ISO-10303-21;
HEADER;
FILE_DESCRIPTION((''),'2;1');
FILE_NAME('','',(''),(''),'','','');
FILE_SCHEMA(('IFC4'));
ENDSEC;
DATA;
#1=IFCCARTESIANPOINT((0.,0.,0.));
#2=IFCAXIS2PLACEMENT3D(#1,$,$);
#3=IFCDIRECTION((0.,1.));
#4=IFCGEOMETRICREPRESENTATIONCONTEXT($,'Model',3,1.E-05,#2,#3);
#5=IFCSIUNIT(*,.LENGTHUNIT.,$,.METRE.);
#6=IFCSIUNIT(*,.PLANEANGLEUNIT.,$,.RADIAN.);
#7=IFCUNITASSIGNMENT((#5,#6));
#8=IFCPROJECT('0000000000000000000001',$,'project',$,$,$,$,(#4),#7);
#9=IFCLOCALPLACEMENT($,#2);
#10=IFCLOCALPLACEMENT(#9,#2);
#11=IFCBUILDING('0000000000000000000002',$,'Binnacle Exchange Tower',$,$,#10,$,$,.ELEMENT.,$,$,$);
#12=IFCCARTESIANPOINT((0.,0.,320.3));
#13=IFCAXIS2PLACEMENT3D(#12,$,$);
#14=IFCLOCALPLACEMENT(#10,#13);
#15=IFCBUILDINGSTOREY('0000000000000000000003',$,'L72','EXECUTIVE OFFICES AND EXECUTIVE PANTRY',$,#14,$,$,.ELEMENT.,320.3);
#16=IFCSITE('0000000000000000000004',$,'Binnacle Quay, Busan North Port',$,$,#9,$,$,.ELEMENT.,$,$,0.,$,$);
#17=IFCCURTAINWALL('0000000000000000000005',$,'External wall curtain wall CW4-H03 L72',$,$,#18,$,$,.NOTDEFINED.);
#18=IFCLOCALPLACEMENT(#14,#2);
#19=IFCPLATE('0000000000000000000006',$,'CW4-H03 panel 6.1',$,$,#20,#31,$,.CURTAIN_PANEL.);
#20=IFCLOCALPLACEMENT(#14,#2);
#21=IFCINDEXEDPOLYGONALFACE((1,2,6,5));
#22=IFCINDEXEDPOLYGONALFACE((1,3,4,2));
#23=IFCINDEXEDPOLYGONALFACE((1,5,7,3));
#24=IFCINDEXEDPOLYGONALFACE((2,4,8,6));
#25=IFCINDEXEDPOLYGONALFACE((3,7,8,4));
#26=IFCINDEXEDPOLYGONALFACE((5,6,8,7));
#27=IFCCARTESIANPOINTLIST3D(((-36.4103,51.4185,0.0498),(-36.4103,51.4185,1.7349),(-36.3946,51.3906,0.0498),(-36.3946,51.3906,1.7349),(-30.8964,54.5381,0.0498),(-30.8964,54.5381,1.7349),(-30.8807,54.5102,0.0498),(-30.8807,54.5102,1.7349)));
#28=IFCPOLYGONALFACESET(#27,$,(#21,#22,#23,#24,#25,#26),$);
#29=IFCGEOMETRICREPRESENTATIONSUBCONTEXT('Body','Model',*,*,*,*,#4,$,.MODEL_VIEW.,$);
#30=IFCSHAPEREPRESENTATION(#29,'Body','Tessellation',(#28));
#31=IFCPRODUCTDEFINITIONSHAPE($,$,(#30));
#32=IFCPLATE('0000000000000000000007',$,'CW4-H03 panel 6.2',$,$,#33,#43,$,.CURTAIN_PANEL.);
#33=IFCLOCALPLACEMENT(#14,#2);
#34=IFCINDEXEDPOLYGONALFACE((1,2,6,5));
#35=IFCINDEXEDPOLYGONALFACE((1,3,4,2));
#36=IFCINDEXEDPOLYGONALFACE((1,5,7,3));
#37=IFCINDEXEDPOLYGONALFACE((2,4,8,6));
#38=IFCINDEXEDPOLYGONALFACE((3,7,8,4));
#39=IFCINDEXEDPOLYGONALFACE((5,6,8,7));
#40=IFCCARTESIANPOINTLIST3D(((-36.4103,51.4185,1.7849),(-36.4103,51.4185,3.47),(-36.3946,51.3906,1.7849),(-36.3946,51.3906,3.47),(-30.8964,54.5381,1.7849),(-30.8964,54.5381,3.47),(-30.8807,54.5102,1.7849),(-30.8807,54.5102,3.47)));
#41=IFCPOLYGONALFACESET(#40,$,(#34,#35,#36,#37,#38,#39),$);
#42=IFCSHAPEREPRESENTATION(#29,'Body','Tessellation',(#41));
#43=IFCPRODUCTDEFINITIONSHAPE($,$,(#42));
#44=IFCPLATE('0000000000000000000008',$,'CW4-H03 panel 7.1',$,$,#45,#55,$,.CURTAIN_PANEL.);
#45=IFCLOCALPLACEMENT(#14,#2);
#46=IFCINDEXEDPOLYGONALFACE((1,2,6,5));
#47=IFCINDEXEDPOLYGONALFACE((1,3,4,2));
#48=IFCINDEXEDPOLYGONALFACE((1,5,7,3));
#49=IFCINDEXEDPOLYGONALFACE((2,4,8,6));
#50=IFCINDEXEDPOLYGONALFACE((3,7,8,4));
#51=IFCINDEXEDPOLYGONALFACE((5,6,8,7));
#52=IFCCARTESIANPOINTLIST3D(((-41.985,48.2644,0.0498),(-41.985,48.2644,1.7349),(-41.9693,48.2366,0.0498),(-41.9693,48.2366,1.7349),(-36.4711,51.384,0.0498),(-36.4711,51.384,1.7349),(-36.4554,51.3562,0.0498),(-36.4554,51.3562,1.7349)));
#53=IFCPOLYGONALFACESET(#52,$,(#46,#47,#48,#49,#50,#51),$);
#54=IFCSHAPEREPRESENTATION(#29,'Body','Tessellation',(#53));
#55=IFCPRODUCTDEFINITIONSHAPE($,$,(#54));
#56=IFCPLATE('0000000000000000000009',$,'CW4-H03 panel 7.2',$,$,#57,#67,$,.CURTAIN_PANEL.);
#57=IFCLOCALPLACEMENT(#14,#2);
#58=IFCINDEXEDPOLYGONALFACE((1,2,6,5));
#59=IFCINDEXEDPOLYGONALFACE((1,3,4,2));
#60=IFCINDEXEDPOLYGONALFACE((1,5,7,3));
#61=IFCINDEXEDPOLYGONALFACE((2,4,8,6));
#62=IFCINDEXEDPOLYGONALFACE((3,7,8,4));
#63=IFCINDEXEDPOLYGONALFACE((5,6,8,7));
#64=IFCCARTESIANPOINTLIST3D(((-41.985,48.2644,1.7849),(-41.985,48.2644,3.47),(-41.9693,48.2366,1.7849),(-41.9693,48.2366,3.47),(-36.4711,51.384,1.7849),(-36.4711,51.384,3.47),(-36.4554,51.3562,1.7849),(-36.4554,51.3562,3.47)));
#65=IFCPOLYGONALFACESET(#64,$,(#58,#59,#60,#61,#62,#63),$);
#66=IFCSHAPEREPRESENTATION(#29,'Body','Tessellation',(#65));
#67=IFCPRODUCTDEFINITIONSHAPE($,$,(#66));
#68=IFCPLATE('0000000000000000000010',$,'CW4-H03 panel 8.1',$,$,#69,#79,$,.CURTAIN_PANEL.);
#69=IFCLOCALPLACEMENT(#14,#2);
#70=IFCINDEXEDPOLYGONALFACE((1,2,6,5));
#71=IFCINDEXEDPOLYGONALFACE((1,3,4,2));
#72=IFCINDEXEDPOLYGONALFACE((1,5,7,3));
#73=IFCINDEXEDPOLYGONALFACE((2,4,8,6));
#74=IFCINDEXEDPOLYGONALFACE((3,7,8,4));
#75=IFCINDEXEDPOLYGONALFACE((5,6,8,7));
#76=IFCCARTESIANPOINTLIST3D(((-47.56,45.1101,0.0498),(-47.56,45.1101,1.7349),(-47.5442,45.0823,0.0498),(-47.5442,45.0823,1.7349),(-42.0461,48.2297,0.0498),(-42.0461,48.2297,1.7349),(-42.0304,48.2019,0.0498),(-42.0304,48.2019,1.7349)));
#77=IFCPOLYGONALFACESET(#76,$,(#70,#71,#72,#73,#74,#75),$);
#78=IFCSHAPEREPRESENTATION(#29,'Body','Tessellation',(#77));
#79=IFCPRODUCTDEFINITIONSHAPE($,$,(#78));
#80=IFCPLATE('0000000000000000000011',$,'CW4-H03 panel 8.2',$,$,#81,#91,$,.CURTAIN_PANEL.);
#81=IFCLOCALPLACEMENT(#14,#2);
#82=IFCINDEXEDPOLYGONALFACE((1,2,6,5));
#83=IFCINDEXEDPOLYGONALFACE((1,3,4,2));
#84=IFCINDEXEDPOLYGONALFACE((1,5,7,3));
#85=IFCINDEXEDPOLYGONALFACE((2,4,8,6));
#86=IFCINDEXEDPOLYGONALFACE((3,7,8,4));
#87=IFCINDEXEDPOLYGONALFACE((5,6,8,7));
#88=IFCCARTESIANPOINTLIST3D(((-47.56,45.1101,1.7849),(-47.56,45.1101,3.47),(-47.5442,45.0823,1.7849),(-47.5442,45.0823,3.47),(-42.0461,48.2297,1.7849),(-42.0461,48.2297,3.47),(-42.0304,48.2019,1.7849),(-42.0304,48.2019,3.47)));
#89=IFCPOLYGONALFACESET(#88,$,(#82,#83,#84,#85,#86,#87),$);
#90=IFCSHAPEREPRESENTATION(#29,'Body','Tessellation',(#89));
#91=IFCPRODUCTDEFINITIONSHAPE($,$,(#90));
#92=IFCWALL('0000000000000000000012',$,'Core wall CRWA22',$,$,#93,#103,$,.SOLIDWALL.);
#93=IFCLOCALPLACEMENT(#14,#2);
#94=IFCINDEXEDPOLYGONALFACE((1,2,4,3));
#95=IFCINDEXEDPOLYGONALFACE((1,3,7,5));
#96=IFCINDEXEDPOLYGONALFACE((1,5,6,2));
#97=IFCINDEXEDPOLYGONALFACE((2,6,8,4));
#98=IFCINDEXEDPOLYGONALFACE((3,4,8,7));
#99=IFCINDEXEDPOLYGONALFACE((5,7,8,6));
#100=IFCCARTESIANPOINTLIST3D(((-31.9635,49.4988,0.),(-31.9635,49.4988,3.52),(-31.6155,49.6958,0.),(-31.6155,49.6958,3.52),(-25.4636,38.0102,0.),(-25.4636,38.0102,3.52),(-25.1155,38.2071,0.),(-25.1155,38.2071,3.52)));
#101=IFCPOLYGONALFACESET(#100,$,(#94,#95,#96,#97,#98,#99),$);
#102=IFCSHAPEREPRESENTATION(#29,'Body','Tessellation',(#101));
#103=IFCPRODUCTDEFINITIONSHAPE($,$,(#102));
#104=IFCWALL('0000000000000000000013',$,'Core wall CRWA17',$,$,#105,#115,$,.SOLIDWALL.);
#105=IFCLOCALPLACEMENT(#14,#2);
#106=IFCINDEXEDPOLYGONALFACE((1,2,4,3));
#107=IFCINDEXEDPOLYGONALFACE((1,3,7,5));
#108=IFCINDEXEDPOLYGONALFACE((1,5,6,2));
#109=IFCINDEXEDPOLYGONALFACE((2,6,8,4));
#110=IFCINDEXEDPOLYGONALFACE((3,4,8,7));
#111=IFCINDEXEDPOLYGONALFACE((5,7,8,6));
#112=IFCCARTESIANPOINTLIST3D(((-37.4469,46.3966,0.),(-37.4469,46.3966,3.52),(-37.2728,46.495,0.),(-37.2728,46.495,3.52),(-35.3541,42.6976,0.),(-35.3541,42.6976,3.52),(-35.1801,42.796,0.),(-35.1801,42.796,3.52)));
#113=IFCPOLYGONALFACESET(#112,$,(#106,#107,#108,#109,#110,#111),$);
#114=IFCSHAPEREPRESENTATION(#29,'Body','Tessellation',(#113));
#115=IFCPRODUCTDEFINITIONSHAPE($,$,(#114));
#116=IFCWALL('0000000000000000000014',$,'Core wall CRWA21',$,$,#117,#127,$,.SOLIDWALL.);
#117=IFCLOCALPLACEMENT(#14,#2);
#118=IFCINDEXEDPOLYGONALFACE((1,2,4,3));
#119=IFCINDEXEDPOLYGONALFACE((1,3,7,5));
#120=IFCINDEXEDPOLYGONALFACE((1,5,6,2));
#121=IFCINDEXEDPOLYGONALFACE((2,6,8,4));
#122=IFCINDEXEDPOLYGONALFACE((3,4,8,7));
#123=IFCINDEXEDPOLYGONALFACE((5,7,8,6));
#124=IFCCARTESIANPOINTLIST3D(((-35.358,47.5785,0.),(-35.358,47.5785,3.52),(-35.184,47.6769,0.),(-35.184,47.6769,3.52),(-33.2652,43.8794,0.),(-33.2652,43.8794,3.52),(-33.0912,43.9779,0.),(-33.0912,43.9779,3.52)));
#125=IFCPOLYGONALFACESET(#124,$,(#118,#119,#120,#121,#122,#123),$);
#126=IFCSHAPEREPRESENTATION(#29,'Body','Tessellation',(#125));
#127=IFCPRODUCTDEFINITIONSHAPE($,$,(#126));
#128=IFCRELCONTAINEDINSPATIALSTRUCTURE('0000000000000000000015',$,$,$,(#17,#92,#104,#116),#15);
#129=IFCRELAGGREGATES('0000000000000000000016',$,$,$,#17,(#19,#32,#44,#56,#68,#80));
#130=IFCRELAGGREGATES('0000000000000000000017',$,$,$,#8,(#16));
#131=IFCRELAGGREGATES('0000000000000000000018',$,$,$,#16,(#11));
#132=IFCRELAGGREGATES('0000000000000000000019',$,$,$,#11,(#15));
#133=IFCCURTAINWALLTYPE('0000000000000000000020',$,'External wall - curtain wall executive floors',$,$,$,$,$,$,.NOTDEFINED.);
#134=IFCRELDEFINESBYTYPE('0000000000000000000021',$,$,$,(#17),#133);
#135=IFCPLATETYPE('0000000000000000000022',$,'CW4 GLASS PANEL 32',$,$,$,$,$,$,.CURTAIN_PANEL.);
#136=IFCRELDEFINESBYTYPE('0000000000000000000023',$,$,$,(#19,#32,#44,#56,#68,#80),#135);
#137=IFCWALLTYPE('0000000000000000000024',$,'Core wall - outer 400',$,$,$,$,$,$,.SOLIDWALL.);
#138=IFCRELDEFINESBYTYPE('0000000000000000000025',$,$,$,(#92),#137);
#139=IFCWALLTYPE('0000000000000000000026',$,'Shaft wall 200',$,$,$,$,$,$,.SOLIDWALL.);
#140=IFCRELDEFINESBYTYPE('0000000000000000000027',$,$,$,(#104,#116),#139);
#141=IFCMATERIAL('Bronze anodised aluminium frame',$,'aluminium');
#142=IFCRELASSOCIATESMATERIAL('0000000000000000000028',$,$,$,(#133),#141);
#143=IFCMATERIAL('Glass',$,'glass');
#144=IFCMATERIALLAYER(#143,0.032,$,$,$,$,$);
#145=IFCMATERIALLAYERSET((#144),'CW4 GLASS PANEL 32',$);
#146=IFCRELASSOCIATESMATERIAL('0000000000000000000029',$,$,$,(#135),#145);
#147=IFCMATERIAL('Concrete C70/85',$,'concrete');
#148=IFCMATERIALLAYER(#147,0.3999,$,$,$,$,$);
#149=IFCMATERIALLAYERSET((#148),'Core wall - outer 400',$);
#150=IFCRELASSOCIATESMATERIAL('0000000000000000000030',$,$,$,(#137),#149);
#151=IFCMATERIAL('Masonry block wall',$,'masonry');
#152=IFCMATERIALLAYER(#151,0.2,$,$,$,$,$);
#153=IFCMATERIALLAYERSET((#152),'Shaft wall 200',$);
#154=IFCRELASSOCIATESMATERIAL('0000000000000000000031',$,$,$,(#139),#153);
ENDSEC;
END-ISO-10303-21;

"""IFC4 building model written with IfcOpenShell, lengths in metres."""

from ifc_helpers import new_model, si_unit, direction, frame, frame_2d, origin, origin_2d, place, context, subcontext, project, spatial, rectangle, extrude, material, layer, layer_set, type_object, element, aggregate, save


model = new_model("IFC4")

# Units and contexts
model_context = context("Model", 3, precision=1e-05, world=origin(), true_north=direction((0.0, 1.0)))
body_context = subcontext(model_context, "Body", "Model", "MODEL_VIEW")
ifc_project = project(units=[si_unit("LENGTHUNIT", "METRE"), si_unit("PLANEANGLEUNIT", "RADIAN")], contexts=[model_context])

# Site, building, storey
site_placement = place(None, origin())
site = spatial("IfcSite", under=ifc_project, at=site_placement, Name="Binnacle Quay, Busan North Port", CompositionType="ELEMENT", RefElevation=0.0)
building_placement = place(site_placement, origin())
building = spatial("IfcBuilding", under=site, at=building_placement, Name="Binnacle Exchange Tower", CompositionType="ELEMENT")
storey_placement = place(building_placement, frame((0.0, 0.0, 320.3)))
storey = spatial("IfcBuildingStorey", under=building, at=storey_placement, Name="L72", Description="EXECUTIVE OFFICES AND EXECUTIVE PANTRY", CompositionType="ELEMENT", Elevation=320.3)

# Curtain wall
ifc_material_1 = material(Name="Bronze anodised aluminium frame", Category="aluminium")
curtain_wall_type = type_object("IfcCurtainWallType", Name="External wall - curtain wall executive floors", PredefinedType="NOTDEFINED", material=ifc_material_1)
curtain_wall_placement = place(storey_placement, origin())
curtain_wall = element("IfcCurtainWall", 1, at=curtain_wall_placement, inside=storey, type_object=curtain_wall_type, Name="External wall curtain wall CW4-H03 L72", PredefinedType="NOTDEFINED")

# Plates
ifc_material_2 = material(Name="Glass", Category="glass")
ifc_layer_1 = layer(ifc_material_2, 0.032)
ifc_layer_set_1 = layer_set([ifc_layer_1], Name="CW4 GLASS PANEL 32")
plate_type = type_object("IfcPlateType", Name="CW4 GLASS PANEL 32", PredefinedType="CURTAIN_PANEL", material=ifc_layer_set_1)
plate_1_placement = place(storey_placement, frame((-33.6455, 52.9644, 0.0498), z_axis=(0.0, 0.0, 1.0), x_axis=(-0.870356, -0.492424, 0.0)))
plate_1 = element("IfcPlate", 2, at=plate_1_placement, type_object=plate_type, Name="CW4-H03 panel 6.1", PredefinedType="CURTAIN_PANEL", context=body_context, shape_type="SweptSolid", body=[
    extrude(rectangle(XDim=6.3352, YDim=0.032, at=origin_2d()), origin(), (0.0, 0.0, 1.0), 1.6851),
])
plate_2_placement = place(storey_placement, frame((-33.6455, 52.9644, 1.7849), z_axis=(0.0, 0.0, 1.0), x_axis=(-0.870356, -0.492424, 0.0)))
plate_2 = element("IfcPlate", 3, at=plate_2_placement, type_object=plate_type, Name="CW4-H03 panel 6.2", PredefinedType="CURTAIN_PANEL", context=body_context, shape_type="SweptSolid", body=[
    extrude(rectangle(XDim=6.3352, YDim=0.032, at=origin_2d()), origin(), (0.0, 0.0, 1.0), 1.6851),
])
plate_3_placement = place(storey_placement, frame((-39.2202, 49.8103, 0.0498), z_axis=(0.0, 0.0, 1.0), x_axis=(-0.870356, -0.492424, 0.0)))
plate_3 = element("IfcPlate", 4, at=plate_3_placement, type_object=plate_type, Name="CW4-H03 panel 7.1", PredefinedType="CURTAIN_PANEL", context=body_context, shape_type="SweptSolid", body=[
    extrude(rectangle(XDim=6.3352, YDim=0.032, at=origin_2d()), origin(), (0.0, 0.0, 1.0), 1.6851),
])
plate_4_placement = place(storey_placement, frame((-39.2202, 49.8103, 1.7849), z_axis=(0.0, 0.0, 1.0), x_axis=(-0.870356, -0.492424, 0.0)))
plate_4 = element("IfcPlate", 5, at=plate_4_placement, type_object=plate_type, Name="CW4-H03 panel 7.2", PredefinedType="CURTAIN_PANEL", context=body_context, shape_type="SweptSolid", body=[
    extrude(rectangle(XDim=6.3352, YDim=0.032, at=origin_2d()), origin(), (0.0, 0.0, 1.0), 1.6851),
])
plate_5_placement = place(storey_placement, frame((-44.7952, 46.656, 0.0498), z_axis=(0.0, 0.0, 1.0), x_axis=(-0.870356, -0.492424, 0.0)))
plate_5 = element("IfcPlate", 6, at=plate_5_placement, type_object=plate_type, Name="CW4-H03 panel 8.1", PredefinedType="CURTAIN_PANEL", context=body_context, shape_type="SweptSolid", body=[
    extrude(rectangle(XDim=6.3352, YDim=0.032, at=origin_2d()), origin(), (0.0, 0.0, 1.0), 1.6851),
])
plate_6_placement = place(storey_placement, frame((-44.7952, 46.656, 1.7849), z_axis=(0.0, 0.0, 1.0), x_axis=(-0.870356, -0.492424, 0.0)))
plate_6 = element("IfcPlate", 7, at=plate_6_placement, type_object=plate_type, Name="CW4-H03 panel 8.2", PredefinedType="CURTAIN_PANEL", context=body_context, shape_type="SweptSolid", body=[
    extrude(rectangle(XDim=6.3352, YDim=0.032, at=origin_2d()), origin(), (0.0, 0.0, 1.0), 1.6851),
])
aggregate(curtain_wall, [plate_1, plate_2, plate_3, plate_4, plate_5, plate_6])

# Walls
ifc_material_3 = material(Name="Concrete C70/85", Category="concrete")
ifc_layer_2 = layer(ifc_material_3, 0.3999)
ifc_layer_set_2 = layer_set([ifc_layer_2], Name="Core wall - outer 400")
wall_type_1 = type_object("IfcWallType", Name="Core wall - outer 400", PredefinedType="SOLIDWALL", material=ifc_layer_set_2)
wall_placement = place(storey_placement, frame((-31.7896, 49.5974, 0.0), z_axis=(0.0, 0.0, 1.0), x_axis=(0.492422, -0.870357, 0.0)))
element("IfcWall", 8, at=wall_placement, inside=storey, type_object=wall_type_1, Name="Core wall CRWA22", PredefinedType="SOLIDWALL", context=body_context, shape_type="SweptSolid", body=[
    extrude(rectangle(XDim=13.2, YDim=0.3999, at=frame_2d((6.6001, 0.0))), origin(), (0.0, 0.0, 1.0), 3.52),
])
ifc_material_4 = material(Name="Masonry block wall", Category="masonry")
ifc_layer_3 = layer(ifc_material_4, 0.2)
ifc_layer_set_3 = layer_set([ifc_layer_3], Name="Shaft wall 200")
wall_type_2 = type_object("IfcWallType", Name="Shaft wall 200", PredefinedType="SOLIDWALL", material=ifc_layer_set_3)
for number, where, z_axis, x_axis, name in (
    (9, (-37.3599, 46.4458, 0.0), (0.0, 0.0, 1.0), (0.492423, -0.870356, 0.0), "Core wall CRWA17"),
    (10, (-35.271, 47.6277, 0.0), (0.0, 0.0, 1.0), (0.492423, -0.870356, 0.0), "Core wall CRWA21"),
):
    element("IfcWall", number, at=place(storey_placement, frame(where, z_axis=z_axis, x_axis=x_axis)), inside=storey, type_object=wall_type_2, Name=name, PredefinedType="SOLIDWALL", context=body_context, shape_type="SweptSolid", body=[
        extrude(rectangle(XDim=4.25, YDim=0.2, at=frame_2d((2.125, 0.0))), origin(), (0.0, 0.0, 1.0), 3.52),
    ])

save(model, "model.ifc")
